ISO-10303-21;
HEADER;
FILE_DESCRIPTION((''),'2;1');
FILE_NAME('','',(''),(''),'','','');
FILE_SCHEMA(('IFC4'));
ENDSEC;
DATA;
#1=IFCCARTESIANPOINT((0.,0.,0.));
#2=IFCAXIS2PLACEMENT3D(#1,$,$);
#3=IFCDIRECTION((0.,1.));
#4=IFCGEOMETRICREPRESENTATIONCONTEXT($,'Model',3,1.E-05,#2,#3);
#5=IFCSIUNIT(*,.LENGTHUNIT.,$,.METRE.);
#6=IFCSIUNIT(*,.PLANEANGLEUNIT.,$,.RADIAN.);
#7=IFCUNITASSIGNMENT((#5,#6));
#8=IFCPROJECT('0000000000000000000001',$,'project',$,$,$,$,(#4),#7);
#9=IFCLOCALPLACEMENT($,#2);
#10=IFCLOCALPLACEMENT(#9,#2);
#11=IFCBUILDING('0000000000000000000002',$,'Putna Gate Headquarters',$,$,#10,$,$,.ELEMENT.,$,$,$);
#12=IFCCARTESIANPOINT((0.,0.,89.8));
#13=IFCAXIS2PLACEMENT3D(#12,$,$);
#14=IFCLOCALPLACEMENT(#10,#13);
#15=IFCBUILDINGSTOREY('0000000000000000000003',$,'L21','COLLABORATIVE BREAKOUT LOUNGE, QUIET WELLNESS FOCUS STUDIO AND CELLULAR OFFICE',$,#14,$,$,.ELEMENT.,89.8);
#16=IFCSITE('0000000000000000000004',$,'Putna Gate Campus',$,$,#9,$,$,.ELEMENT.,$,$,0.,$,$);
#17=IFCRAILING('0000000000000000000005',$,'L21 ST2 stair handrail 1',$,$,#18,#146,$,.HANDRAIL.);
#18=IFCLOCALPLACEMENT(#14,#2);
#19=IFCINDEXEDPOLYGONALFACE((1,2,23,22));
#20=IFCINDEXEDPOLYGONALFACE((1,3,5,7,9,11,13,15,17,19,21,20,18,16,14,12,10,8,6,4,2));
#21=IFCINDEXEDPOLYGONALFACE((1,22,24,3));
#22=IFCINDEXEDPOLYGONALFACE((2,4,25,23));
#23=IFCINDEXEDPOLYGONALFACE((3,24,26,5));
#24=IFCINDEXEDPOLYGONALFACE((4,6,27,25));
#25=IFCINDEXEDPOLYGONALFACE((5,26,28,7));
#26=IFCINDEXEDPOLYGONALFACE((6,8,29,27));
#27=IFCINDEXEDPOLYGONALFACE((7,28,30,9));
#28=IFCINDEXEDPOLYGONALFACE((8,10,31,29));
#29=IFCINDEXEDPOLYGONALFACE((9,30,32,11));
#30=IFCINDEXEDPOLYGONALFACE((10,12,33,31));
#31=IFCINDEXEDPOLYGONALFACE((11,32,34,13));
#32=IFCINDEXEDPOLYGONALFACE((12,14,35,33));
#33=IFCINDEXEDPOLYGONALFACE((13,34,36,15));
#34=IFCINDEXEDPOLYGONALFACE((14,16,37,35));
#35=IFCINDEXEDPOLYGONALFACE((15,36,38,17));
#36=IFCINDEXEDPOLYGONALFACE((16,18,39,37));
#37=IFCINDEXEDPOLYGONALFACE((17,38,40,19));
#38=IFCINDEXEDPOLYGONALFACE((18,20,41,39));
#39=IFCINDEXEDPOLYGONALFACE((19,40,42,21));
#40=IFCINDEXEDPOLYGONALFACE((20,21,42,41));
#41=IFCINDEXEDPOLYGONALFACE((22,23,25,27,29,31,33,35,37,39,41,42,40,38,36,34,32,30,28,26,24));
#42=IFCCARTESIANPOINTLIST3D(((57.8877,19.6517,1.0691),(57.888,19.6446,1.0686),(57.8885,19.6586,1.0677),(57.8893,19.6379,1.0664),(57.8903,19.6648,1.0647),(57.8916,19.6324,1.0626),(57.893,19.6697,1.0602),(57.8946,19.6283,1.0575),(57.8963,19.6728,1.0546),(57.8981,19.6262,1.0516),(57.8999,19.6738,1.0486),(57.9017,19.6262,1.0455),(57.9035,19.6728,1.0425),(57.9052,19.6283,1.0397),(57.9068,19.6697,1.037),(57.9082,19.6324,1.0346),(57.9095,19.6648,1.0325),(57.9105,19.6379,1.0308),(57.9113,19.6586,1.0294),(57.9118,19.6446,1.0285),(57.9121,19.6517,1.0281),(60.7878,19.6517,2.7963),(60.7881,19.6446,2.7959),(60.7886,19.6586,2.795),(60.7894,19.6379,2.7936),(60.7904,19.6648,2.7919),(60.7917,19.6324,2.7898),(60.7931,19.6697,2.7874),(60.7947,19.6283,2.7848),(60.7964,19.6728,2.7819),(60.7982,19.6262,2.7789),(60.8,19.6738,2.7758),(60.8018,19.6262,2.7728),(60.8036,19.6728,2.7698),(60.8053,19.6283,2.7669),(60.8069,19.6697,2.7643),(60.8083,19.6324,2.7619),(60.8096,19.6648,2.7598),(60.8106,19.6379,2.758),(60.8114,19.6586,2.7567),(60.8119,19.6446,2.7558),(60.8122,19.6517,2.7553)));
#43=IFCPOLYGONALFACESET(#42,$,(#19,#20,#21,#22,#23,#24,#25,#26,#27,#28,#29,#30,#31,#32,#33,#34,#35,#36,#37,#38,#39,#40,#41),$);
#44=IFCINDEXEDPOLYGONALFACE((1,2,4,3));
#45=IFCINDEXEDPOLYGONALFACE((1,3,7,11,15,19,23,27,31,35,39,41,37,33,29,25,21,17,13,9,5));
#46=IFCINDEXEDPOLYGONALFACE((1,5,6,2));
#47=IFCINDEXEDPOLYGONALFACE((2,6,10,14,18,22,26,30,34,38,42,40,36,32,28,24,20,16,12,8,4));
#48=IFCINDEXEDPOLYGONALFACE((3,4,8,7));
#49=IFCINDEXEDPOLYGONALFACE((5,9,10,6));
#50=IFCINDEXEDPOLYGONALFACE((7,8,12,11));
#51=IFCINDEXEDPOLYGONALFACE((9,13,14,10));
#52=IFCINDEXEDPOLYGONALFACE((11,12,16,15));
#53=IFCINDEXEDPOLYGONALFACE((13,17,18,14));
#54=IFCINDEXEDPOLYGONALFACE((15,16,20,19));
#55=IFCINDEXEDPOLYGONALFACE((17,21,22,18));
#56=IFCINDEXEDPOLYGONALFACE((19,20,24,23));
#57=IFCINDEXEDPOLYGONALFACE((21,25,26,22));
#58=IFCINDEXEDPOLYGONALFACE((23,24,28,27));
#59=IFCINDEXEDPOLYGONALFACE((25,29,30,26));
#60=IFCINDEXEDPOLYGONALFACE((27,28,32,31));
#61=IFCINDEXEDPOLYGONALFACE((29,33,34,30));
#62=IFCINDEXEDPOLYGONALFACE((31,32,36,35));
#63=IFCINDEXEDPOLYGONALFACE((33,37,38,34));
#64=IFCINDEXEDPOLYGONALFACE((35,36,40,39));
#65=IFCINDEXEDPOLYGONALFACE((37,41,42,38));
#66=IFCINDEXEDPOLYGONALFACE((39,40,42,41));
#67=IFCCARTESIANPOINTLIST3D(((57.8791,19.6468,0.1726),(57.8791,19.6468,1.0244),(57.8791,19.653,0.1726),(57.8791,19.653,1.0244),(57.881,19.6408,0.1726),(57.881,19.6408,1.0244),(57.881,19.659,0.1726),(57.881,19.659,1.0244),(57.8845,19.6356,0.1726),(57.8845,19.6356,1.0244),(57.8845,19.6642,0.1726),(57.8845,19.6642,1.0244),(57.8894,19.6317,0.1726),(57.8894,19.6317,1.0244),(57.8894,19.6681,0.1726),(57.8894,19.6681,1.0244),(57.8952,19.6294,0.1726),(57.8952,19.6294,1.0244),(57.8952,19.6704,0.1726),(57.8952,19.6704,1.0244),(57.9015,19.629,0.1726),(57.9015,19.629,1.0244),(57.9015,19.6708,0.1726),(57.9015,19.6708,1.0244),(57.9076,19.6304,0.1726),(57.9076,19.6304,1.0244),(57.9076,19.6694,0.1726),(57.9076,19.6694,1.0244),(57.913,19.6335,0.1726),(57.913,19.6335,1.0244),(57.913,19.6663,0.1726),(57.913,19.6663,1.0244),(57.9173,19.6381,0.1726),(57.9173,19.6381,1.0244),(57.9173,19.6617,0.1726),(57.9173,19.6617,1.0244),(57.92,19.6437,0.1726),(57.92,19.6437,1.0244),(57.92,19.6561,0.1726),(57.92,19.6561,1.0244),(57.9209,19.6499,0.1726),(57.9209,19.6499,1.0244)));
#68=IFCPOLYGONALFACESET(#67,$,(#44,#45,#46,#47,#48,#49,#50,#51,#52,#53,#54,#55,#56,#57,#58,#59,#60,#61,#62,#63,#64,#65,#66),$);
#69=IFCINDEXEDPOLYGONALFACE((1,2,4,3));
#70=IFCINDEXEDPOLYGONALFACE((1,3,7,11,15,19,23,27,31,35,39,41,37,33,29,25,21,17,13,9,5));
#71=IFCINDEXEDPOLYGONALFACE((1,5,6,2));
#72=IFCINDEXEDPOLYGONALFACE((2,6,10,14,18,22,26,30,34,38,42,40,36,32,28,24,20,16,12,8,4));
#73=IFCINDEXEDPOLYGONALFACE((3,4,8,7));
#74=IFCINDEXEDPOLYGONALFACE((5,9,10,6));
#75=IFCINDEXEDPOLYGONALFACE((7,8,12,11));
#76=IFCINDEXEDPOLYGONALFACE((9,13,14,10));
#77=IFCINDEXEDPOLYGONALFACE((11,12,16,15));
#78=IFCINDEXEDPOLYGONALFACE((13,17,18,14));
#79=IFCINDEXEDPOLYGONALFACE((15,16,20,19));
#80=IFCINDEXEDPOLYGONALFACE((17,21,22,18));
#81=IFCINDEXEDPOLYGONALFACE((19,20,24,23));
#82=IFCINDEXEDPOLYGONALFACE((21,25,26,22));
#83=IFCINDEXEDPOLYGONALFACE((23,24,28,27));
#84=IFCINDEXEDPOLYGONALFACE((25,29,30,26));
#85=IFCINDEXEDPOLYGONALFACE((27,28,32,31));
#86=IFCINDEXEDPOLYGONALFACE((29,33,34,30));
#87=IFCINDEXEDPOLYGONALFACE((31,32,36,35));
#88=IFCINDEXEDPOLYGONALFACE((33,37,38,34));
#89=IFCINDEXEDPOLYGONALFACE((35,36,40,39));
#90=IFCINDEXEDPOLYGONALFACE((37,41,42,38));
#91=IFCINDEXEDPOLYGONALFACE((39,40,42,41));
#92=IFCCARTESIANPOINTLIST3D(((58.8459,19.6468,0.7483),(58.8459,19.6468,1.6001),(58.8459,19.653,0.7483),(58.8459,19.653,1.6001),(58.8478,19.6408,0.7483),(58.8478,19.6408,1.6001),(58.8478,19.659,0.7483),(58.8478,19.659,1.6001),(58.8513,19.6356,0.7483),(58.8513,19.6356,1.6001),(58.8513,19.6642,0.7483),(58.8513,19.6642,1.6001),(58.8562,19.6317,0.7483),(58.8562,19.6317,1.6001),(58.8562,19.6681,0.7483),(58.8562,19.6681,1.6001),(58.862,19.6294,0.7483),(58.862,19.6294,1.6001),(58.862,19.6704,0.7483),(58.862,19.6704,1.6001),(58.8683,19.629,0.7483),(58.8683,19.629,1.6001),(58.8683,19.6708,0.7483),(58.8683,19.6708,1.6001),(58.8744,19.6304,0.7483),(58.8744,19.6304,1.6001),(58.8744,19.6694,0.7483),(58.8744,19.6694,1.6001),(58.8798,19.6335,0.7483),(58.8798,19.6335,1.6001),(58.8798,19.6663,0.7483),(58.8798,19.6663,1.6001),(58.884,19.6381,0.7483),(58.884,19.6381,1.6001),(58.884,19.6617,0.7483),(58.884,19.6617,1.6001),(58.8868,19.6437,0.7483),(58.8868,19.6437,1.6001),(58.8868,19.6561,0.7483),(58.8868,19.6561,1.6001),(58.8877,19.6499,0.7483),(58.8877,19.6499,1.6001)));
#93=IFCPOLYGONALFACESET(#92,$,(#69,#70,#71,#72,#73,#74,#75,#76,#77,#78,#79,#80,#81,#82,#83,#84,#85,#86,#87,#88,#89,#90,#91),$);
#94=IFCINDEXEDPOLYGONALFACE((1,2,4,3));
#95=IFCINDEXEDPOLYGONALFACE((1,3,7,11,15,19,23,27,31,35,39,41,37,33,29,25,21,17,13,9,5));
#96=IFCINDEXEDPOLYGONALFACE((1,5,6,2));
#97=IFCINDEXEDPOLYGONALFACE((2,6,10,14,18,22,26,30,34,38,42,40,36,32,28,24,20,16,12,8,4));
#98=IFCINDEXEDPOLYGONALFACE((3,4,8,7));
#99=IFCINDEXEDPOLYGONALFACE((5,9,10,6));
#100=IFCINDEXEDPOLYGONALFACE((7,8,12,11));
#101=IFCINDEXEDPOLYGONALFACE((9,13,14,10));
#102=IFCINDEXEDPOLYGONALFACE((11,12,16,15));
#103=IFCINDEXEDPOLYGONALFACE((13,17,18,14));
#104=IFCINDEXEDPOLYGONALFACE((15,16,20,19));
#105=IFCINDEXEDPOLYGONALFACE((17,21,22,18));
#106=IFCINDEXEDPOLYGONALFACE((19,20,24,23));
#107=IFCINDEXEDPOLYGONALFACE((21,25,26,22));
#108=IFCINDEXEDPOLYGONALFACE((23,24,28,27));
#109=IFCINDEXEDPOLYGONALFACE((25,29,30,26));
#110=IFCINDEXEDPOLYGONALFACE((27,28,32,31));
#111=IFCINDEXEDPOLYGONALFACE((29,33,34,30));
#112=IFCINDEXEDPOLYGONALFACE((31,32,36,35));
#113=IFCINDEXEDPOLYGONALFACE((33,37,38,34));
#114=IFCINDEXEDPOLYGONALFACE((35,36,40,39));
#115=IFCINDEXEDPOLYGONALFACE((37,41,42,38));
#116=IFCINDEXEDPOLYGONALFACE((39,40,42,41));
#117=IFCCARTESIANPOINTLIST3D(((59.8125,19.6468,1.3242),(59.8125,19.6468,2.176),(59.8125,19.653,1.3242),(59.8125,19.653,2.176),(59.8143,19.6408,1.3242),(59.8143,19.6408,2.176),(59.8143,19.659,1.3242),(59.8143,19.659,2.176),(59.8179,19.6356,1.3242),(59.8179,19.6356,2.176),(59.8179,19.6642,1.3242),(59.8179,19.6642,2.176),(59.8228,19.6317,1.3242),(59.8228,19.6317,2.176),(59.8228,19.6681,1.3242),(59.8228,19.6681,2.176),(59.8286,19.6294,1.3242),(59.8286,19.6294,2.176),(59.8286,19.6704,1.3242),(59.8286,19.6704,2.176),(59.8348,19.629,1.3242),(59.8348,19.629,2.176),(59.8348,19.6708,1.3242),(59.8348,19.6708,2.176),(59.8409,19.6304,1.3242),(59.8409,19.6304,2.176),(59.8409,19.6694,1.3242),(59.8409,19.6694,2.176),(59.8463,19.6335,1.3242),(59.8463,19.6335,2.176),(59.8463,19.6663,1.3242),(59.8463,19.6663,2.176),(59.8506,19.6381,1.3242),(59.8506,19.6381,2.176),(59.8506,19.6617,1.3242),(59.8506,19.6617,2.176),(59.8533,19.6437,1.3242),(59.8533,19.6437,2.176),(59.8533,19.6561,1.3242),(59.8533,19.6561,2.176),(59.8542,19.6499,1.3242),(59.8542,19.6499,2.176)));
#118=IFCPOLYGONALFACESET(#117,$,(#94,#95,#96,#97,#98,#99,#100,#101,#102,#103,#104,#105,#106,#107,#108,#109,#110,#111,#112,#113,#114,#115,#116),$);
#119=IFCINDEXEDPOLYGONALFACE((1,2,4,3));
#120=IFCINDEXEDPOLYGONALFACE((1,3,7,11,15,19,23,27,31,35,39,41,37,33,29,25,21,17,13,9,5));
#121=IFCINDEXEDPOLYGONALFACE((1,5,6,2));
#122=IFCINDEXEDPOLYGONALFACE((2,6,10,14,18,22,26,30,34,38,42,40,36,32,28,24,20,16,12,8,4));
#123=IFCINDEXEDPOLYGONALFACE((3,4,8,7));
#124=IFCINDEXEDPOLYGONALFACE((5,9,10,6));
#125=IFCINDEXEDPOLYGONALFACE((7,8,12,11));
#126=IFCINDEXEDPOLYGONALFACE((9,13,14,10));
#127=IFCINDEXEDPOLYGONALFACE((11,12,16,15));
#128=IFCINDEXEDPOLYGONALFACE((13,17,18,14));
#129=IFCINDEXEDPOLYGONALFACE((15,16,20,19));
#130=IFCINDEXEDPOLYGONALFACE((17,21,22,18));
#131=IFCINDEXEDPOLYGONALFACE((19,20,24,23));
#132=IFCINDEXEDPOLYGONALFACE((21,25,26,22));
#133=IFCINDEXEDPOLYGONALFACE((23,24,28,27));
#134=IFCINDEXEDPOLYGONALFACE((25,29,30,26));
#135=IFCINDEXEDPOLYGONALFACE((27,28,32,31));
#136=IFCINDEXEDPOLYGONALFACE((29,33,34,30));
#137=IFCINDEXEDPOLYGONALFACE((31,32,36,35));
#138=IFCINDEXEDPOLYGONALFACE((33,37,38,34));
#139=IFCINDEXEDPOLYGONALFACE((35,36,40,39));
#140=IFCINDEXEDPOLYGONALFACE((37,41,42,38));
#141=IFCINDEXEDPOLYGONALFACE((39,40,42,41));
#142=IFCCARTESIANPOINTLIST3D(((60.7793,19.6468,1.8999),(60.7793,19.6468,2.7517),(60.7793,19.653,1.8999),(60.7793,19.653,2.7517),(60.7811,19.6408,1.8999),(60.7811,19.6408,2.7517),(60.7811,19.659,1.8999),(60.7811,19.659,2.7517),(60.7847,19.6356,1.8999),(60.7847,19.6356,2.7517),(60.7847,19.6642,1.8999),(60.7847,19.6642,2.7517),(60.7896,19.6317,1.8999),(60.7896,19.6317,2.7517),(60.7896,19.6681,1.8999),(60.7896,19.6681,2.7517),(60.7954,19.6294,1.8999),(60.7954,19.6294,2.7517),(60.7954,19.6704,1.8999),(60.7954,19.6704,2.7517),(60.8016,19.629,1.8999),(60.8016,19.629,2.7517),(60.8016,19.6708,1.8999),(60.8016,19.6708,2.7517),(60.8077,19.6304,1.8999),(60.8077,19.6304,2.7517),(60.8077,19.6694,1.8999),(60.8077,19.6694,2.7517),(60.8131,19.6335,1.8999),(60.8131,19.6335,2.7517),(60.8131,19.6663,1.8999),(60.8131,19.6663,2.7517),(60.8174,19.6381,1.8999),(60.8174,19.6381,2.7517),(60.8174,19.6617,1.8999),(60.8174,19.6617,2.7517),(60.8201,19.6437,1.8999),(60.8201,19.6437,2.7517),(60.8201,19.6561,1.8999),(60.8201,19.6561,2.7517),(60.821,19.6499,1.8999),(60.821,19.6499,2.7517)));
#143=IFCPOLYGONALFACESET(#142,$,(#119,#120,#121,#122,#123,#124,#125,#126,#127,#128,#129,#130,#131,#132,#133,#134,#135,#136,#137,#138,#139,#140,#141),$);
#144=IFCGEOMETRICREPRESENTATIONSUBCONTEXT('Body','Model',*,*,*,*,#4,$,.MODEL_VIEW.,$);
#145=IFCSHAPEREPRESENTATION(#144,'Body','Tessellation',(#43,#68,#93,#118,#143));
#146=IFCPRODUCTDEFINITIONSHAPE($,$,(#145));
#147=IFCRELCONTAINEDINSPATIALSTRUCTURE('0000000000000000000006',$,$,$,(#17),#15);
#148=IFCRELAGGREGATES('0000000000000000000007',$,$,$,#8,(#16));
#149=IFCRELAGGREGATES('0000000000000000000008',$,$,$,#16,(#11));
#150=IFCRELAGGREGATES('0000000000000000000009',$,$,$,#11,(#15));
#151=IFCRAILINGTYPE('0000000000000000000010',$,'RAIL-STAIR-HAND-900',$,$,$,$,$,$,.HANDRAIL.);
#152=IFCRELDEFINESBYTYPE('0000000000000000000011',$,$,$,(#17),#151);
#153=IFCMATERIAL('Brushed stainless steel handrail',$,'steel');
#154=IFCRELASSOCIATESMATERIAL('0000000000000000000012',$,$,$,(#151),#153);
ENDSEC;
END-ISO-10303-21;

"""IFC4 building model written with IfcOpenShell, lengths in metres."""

from ifc_helpers import new_model, si_unit, direction, frame, origin, origin_2d, place, context, subcontext, project, spatial, circle, extrude, material, type_object, element, save


model = new_model("IFC4")

# Units and contexts
model_context = context("Model", 3, precision=1e-05, world=origin(), true_north=direction((0.0, 1.0)))
body_context = subcontext(model_context, "Body", "Model", "MODEL_VIEW")
ifc_project = project(units=[si_unit("LENGTHUNIT", "METRE"), si_unit("PLANEANGLEUNIT", "RADIAN")], contexts=[model_context])

# Site, building, storey
site_placement = place(None, origin())
site = spatial("IfcSite", under=ifc_project, at=site_placement, Name="Putna Gate Campus", CompositionType="ELEMENT", RefElevation=0.0)
building_placement = place(site_placement, origin())
building = spatial("IfcBuilding", under=site, at=building_placement, Name="Putna Gate Headquarters", CompositionType="ELEMENT")
storey_placement = place(building_placement, frame((0.0, 0.0, 89.8)))
storey = spatial("IfcBuildingStorey", under=building, at=storey_placement, Name="L21", Description="COLLABORATIVE BREAKOUT LOUNGE, QUIET WELLNESS FOCUS STUDIO AND CELLULAR OFFICE", CompositionType="ELEMENT", Elevation=89.8)

# Railing
ifc_material_1 = material(Name="Brushed stainless steel handrail", Category="steel")
railing_type_1 = type_object("IfcRailingType", Name="RAIL-STAIR-HAND-900", PredefinedType="HANDRAIL", material=ifc_material_1)
railing_1_placement = place(storey_placement, frame((57.8999, 19.6499, 0.1726)))
element("IfcRailing", 1, at=railing_1_placement, inside=storey, type_object=railing_type_1, Name="L21 ST2 stair handrail 1", PredefinedType="HANDRAIL", context=body_context, shape_type="SweptSolid", body=[
    extrude(circle(Radius=0.0239, at=origin_2d()), frame((0.0, 0.0, 0.876), z_axis=(0.85916, 0.0, 0.511706), x_axis=(0.0, 1.0, 0.0)), (0.0, 0.0, 1.0), 3.3755),
    extrude(circle(Radius=0.021, at=origin_2d()), origin(), (0.0, 0.0, 1.0), 0.8518),
    extrude(circle(Radius=0.021, at=origin_2d()), frame((0.9668, 0.0, 0.5757)), (0.0, 0.0, 1.0), 0.8518),
    extrude(circle(Radius=0.021, at=origin_2d()), frame((1.9333, 0.0, 1.1516)), (0.0, 0.0, 1.0), 0.8518),
    extrude(circle(Radius=0.021, at=origin_2d()), frame((2.9001, 0.0, 1.7273)), (0.0, 0.0, 1.0), 0.8518),
])

save(model, "model.ifc")
